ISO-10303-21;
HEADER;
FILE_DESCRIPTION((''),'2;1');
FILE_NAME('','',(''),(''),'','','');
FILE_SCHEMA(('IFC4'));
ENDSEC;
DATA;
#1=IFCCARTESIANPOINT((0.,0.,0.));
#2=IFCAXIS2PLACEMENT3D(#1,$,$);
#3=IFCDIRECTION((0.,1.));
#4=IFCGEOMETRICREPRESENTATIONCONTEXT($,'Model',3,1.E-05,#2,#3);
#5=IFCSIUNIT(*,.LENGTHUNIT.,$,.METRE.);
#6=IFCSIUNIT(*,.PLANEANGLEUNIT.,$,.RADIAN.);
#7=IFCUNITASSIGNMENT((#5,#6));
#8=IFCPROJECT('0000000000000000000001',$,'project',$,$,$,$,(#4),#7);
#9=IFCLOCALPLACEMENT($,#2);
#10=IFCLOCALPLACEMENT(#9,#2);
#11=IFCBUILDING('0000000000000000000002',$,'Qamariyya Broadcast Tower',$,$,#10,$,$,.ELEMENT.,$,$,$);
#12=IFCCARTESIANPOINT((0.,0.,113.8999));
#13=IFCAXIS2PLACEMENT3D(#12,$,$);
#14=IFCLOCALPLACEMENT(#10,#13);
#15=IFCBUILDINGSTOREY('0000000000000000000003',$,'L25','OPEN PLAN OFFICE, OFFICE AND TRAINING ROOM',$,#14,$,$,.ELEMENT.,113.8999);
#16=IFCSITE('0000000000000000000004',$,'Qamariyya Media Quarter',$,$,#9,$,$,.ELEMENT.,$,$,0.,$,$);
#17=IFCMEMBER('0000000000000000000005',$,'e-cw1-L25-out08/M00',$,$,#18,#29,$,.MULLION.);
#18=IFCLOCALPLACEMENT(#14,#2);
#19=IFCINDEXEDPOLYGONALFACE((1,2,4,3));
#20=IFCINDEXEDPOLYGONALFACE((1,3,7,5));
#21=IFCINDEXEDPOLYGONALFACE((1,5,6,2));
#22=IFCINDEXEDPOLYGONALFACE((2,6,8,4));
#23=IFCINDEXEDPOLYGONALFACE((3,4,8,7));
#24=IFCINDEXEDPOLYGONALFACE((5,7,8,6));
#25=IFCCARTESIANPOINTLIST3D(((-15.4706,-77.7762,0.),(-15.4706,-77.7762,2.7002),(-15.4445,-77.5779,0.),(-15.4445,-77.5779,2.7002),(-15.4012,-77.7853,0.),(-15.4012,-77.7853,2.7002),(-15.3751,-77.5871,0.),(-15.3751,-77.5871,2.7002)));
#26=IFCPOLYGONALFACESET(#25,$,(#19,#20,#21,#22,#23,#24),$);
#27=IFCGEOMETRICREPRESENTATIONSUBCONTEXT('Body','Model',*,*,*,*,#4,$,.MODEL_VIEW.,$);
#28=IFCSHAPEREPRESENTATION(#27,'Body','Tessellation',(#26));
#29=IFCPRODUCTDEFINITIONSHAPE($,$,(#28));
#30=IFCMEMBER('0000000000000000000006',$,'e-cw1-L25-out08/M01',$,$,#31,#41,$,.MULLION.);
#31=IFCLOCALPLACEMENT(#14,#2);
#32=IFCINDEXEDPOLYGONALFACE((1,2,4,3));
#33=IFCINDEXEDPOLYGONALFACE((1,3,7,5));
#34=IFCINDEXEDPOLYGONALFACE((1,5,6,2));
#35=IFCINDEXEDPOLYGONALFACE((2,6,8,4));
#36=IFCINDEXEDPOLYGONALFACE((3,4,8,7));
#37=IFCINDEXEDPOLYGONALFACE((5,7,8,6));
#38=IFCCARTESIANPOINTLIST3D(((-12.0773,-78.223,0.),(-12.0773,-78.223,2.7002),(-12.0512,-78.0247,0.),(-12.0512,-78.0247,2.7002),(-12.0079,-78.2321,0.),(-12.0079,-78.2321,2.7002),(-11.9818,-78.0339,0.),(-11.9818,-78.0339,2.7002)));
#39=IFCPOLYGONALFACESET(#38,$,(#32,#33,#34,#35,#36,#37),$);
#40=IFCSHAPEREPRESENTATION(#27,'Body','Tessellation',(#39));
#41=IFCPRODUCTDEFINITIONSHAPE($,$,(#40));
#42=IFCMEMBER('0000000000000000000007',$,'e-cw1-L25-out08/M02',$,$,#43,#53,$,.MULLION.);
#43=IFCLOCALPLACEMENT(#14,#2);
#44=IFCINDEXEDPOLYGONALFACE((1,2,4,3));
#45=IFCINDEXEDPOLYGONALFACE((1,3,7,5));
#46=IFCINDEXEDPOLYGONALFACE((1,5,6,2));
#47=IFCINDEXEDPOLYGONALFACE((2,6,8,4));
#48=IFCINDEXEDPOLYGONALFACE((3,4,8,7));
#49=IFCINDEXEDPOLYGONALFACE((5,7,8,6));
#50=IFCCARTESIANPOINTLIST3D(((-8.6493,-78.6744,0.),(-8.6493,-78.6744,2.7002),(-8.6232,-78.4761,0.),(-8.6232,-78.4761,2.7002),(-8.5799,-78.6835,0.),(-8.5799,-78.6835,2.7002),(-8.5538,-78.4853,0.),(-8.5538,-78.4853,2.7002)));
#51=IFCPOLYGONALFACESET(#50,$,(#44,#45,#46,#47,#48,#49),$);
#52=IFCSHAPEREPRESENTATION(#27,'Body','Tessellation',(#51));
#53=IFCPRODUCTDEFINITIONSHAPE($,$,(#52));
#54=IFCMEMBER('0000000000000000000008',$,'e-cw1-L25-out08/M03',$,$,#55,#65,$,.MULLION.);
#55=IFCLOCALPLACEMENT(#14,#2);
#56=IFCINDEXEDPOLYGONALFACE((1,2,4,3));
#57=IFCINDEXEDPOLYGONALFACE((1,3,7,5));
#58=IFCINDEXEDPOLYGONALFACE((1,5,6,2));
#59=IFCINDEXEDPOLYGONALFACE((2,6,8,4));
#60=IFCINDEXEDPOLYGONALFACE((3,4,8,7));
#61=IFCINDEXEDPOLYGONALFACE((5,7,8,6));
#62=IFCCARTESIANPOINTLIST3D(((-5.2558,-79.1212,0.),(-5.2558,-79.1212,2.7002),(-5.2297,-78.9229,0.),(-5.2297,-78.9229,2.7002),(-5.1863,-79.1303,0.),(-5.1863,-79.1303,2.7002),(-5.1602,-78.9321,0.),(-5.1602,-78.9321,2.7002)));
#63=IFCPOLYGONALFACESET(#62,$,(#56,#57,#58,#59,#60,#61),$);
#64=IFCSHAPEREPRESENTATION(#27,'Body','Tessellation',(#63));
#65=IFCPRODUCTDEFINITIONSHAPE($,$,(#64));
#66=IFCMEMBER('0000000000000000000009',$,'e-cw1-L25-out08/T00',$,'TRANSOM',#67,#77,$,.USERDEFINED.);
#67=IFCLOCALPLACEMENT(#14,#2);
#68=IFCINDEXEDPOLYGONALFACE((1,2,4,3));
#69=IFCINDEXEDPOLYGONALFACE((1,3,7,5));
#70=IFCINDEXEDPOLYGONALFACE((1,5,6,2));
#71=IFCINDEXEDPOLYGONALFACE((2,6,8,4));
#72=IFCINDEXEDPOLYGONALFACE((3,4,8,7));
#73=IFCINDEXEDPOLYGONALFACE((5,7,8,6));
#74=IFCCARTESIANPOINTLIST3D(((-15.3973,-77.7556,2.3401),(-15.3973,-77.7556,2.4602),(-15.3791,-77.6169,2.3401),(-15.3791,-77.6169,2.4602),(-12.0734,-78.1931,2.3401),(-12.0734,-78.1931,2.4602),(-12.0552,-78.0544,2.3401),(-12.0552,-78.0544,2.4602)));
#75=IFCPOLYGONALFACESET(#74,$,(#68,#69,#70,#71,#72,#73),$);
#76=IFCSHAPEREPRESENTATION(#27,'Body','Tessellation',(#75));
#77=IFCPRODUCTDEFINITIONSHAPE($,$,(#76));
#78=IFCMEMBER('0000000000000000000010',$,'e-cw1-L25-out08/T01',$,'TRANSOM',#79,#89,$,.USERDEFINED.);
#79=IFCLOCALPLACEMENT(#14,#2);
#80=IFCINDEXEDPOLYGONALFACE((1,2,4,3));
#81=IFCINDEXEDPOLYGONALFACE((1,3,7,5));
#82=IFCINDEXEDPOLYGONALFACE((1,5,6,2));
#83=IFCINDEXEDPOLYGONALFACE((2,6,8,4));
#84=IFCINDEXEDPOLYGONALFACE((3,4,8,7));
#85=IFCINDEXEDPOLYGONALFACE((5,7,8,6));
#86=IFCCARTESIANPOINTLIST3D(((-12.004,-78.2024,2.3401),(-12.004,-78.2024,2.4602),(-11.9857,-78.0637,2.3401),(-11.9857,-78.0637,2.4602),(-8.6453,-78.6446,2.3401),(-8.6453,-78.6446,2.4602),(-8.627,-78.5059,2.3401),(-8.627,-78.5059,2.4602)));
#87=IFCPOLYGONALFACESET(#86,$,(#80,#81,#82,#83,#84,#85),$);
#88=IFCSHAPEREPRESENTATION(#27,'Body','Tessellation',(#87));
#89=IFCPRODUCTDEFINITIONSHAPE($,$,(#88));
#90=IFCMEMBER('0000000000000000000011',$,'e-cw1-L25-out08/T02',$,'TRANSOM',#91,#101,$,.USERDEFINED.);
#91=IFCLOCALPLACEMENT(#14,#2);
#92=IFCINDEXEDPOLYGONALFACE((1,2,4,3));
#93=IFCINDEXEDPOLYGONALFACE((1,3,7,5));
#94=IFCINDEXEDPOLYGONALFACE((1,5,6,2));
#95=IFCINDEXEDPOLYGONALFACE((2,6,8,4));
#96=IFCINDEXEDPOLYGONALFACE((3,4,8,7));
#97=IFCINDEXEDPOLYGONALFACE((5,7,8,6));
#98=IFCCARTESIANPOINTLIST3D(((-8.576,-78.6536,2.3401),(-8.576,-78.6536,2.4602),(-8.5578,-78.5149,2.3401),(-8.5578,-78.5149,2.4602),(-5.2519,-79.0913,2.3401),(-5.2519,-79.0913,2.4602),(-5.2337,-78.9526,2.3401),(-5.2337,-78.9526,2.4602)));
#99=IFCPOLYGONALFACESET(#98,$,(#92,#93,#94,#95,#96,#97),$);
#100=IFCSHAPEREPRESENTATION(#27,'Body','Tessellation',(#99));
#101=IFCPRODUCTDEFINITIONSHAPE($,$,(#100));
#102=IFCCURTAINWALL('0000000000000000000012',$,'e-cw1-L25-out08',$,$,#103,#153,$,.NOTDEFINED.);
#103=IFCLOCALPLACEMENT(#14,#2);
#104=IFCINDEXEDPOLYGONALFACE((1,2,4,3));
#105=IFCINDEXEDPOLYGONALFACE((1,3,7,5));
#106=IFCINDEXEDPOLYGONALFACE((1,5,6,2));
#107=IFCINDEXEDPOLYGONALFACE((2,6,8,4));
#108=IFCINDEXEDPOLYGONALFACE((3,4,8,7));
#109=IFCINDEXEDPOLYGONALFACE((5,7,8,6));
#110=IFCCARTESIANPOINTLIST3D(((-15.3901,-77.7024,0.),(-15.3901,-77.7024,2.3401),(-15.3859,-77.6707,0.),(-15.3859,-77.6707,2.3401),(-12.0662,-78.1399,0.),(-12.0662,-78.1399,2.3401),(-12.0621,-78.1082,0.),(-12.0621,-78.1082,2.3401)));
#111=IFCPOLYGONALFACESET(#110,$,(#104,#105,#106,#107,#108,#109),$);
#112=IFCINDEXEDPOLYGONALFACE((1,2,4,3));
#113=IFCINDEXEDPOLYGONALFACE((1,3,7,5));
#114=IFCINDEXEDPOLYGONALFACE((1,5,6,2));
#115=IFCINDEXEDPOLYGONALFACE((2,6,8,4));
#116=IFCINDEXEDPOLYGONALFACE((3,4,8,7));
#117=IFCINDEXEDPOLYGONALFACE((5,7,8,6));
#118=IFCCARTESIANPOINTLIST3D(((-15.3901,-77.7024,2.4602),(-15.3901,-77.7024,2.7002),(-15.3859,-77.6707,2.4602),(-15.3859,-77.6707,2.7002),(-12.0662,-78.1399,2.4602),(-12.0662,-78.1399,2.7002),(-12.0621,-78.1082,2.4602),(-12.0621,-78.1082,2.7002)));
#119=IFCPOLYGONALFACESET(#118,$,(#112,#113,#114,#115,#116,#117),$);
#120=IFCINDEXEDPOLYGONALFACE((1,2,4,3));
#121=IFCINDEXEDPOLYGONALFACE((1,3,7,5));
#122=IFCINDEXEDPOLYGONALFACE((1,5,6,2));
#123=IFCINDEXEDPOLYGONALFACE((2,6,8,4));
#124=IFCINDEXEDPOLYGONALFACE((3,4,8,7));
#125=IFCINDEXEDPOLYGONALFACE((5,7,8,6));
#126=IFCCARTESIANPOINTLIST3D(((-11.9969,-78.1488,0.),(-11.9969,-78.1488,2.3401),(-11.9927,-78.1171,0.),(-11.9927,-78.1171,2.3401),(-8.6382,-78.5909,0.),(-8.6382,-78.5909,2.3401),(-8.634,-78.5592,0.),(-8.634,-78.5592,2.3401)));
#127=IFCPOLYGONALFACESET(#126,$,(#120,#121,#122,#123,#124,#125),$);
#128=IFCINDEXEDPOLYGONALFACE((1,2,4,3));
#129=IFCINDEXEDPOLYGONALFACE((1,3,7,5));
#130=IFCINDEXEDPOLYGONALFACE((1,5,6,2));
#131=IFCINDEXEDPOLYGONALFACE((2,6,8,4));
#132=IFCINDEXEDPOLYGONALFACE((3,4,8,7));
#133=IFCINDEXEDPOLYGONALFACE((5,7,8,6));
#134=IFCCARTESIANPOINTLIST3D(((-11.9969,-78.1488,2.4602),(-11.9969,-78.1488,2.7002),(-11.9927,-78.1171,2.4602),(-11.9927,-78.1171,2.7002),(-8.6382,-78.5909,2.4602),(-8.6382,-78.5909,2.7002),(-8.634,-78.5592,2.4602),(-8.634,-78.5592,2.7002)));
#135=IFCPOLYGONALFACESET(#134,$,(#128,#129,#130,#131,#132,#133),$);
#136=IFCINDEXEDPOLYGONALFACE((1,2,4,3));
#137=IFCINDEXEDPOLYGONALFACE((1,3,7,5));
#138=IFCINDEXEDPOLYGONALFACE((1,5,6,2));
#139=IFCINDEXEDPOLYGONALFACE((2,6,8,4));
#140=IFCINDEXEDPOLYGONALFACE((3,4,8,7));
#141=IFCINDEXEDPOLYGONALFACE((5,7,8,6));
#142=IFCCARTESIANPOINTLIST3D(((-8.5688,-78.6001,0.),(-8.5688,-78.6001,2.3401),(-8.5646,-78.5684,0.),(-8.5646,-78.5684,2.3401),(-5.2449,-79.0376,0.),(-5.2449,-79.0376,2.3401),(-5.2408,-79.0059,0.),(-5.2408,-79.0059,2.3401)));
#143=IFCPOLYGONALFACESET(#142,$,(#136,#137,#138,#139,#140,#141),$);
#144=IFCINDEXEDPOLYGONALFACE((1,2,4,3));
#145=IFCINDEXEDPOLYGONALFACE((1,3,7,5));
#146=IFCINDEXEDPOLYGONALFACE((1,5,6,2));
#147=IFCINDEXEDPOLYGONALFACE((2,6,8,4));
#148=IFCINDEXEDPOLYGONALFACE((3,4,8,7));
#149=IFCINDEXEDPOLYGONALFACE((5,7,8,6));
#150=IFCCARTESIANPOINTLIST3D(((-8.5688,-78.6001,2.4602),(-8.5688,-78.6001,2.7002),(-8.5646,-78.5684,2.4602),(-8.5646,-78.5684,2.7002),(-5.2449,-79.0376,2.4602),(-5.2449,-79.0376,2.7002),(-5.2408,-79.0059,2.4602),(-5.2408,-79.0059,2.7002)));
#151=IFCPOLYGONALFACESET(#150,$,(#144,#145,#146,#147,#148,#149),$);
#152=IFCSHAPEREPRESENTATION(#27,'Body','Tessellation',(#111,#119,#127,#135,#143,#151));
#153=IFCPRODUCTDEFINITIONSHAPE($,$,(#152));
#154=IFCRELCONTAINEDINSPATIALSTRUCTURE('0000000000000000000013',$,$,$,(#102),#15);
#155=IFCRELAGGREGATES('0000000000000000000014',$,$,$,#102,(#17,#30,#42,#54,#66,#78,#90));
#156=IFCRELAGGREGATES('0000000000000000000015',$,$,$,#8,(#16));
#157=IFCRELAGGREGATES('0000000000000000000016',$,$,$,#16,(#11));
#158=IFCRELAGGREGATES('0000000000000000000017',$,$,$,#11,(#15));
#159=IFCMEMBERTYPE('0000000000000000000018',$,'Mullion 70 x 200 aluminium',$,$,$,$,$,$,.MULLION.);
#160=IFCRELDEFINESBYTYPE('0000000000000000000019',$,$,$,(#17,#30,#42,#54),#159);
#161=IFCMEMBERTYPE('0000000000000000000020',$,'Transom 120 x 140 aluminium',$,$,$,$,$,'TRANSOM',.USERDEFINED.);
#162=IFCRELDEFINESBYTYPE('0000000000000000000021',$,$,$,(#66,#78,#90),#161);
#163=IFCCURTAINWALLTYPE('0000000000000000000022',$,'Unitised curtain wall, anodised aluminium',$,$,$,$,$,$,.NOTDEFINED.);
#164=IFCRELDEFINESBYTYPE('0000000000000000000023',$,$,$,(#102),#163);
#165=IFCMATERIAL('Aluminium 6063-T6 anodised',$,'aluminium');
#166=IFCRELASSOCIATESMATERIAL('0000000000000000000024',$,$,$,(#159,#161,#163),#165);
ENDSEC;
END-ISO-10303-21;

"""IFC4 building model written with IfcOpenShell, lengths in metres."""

from ifc_helpers import new_model, si_unit, direction, frame, origin, origin_2d, place, context, subcontext, project, spatial, rectangle, extrude, material, material_profile, profile_set, type_object, element, aggregate, save


model = new_model("IFC4")

# Units and contexts
model_context = context("Model", 3, precision=1e-05, world=origin(), true_north=direction((0.0, 1.0)))
body_context = subcontext(model_context, "Body", "Model", "MODEL_VIEW")
ifc_project = project(units=[si_unit("LENGTHUNIT", "METRE"), si_unit("PLANEANGLEUNIT", "RADIAN")], contexts=[model_context])

# Members
ifc_material = material(Name="Aluminium 6063-T6 anodised", Category="aluminium")
ifc_material_profile_1 = material_profile(ifc_material, rectangle(XDim=0.2, YDim=0.0701, at=origin_2d()))
ifc_profile_set_1 = profile_set([ifc_material_profile_1], Name="Aluminium 6063-T6 anodised")
member_type_1 = type_object("IfcMemberType", Name="Mullion 70 x 200 aluminium", PredefinedType="MULLION", material=ifc_profile_set_1)
site_placement = place(None, origin())
building_placement = place(site_placement, origin())
storey_placement = place(building_placement, frame((0.0, 0.0, 113.8999)))
member_1_placement = place(storey_placement, frame((-15.4229, -77.6816, 0.0), z_axis=(0.0, 0.0, 1.0), x_axis=(0.130526, 0.991445, 0.0)))
member_1 = element("IfcMember", 1, at=member_1_placement, type_object=member_type_1, Name="e-cw1-L25-out08/M00", PredefinedType="MULLION", context=body_context, shape_type="SweptSolid", body=[
    extrude(rectangle(XDim=0.2, YDim=0.0701, at=origin_2d()), origin(), (0.0, 0.0, 1.0), 2.7002),
])
member_2_placement = place(storey_placement, frame((-12.0295, -78.1284, 0.0), z_axis=(0.0, 0.0, 1.0), x_axis=(0.130526, 0.991445, 0.0)))
member_2 = element("IfcMember", 2, at=member_2_placement, type_object=member_type_1, Name="e-cw1-L25-out08/M01", PredefinedType="MULLION", context=body_context, shape_type="SweptSolid", body=[
    extrude(rectangle(XDim=0.2, YDim=0.0701, at=origin_2d()), origin(), (0.0, 0.0, 1.0), 2.7002),
])
member_3_placement = place(storey_placement, frame((-8.6016, -78.5798, 0.0), z_axis=(0.0, 0.0, 1.0), x_axis=(0.130526, 0.991445, 0.0)))
member_3 = element("IfcMember", 3, at=member_3_placement, type_object=member_type_1, Name="e-cw1-L25-out08/M02", PredefinedType="MULLION", context=body_context, shape_type="SweptSolid", body=[
    extrude(rectangle(XDim=0.2, YDim=0.0701, at=origin_2d()), origin(), (0.0, 0.0, 1.0), 2.7002),
])
member_4_placement = place(storey_placement, frame((-5.208, -79.0266, 0.0), z_axis=(0.0, 0.0, 1.0), x_axis=(0.130526, 0.991445, 0.0)))
member_4 = element("IfcMember", 4, at=member_4_placement, type_object=member_type_1, Name="e-cw1-L25-out08/M03", PredefinedType="MULLION", context=body_context, shape_type="SweptSolid", body=[
    extrude(rectangle(XDim=0.2, YDim=0.0701, at=origin_2d()), origin(), (0.0, 0.0, 1.0), 2.7002),
])
ifc_material_profile_2 = material_profile(ifc_material, rectangle(XDim=0.1399, YDim=0.1201, at=origin_2d()))
ifc_profile_set_2 = profile_set([ifc_material_profile_2], Name="Aluminium 6063-T6 anodised")
member_type_2 = type_object("IfcMemberType", Name="Transom 120 x 140 aluminium", ElementType="TRANSOM", PredefinedType="USERDEFINED", material=ifc_profile_set_2)
member_5_placement = place(storey_placement, frame((-15.3882, -77.6863, 2.4001), z_axis=(0.991449, -0.130494, 0.0), x_axis=(0.130494, 0.991449, 0.0)))
member_5 = element("IfcMember", 5, at=member_5_placement, type_object=member_type_2, Name="e-cw1-L25-out08/T00", ObjectType="TRANSOM", PredefinedType="USERDEFINED", context=body_context, shape_type="SweptSolid", body=[
    extrude(rectangle(XDim=0.1399, YDim=0.1201, at=origin_2d()), origin(), (0.0, 0.0, 1.0), 3.3525),
])
member_6_placement = place(storey_placement, frame((-11.9949, -78.1331, 2.4001), z_axis=(0.991446, -0.130516, 0.0), x_axis=(0.130516, 0.991446, 0.0)))
member_6 = element("IfcMember", 6, at=member_6_placement, type_object=member_type_2, Name="e-cw1-L25-out08/T01", ObjectType="TRANSOM", PredefinedType="USERDEFINED", context=body_context, shape_type="SweptSolid", body=[
    extrude(rectangle(XDim=0.1399, YDim=0.1201, at=origin_2d()), origin(), (0.0, 0.0, 1.0), 3.3877),
])
member_7_placement = place(storey_placement, frame((-8.5669, -78.5842, 2.4001), z_axis=(0.99144, -0.130566, 0.0), x_axis=(0.130566, 0.99144, 0.0)))
member_7 = element("IfcMember", 7, at=member_7_placement, type_object=member_type_2, Name="e-cw1-L25-out08/T02", ObjectType="TRANSOM", PredefinedType="USERDEFINED", context=body_context, shape_type="SweptSolid", body=[
    extrude(rectangle(XDim=0.1399, YDim=0.1201, at=origin_2d()), origin(), (0.0, 0.0, 1.0), 3.3528),
])

# Site, building, storey
site = spatial("IfcSite", under=ifc_project, at=site_placement, Name="Qamariyya Media Quarter", CompositionType="ELEMENT", RefElevation=0.0)
building = spatial("IfcBuilding", under=site, at=building_placement, Name="Qamariyya Broadcast Tower", CompositionType="ELEMENT")
storey = spatial("IfcBuildingStorey", under=building, at=storey_placement, Name="L25", Description="OPEN PLAN OFFICE, OFFICE AND TRAINING ROOM", CompositionType="ELEMENT", Elevation=113.8999)

# Curtain wall
curtain_wall_type = type_object("IfcCurtainWallType", Name="Unitised curtain wall, anodised aluminium", PredefinedType="NOTDEFINED", material=ifc_material)
curtain_wall_1_placement = place(storey_placement, origin())
curtain_wall_1 = element("IfcCurtainWall", 8, at=curtain_wall_1_placement, inside=storey, type_object=curtain_wall_type, Name="e-cw1-L25-out08", PredefinedType="NOTDEFINED", context=body_context, shape_type="SweptSolid", body=[
    extrude(rectangle(XDim=3.3525, YDim=0.032, at=origin_2d()), frame((-13.7261, -77.9053, 0.0), x_axis=(0.991447, -0.130509, 0.0)), (0.0, 0.0, 1.0), 2.3401),
    extrude(rectangle(XDim=3.3525, YDim=0.032, at=origin_2d()), frame((-13.7261, -77.9053, 2.4602), x_axis=(0.991447, -0.130509, 0.0)), (0.0, 0.0, 1.0), 0.24),
    extrude(rectangle(XDim=3.3877, YDim=0.032, at=origin_2d()), frame((-10.3154, -78.354, 0.0), x_axis=(0.991447, -0.130509, 0.0)), (0.0, 0.0, 1.0), 2.3401),
    extrude(rectangle(XDim=3.3877, YDim=0.032, at=origin_2d()), frame((-10.3154, -78.354, 2.4602), x_axis=(0.991447, -0.130509, 0.0)), (0.0, 0.0, 1.0), 0.24),
    extrude(rectangle(XDim=3.3525, YDim=0.032, at=origin_2d()), frame((-6.9048, -78.803, 0.0), x_axis=(0.991447, -0.130509, 0.0)), (0.0, 0.0, 1.0), 2.3401),
    extrude(rectangle(XDim=3.3525, YDim=0.032, at=origin_2d()), frame((-6.9048, -78.803, 2.4602), x_axis=(0.991447, -0.130509, 0.0)), (0.0, 0.0, 1.0), 0.24),
])
aggregate(curtain_wall_1, [member_1, member_2, member_3, member_4, member_5, member_6, member_7])

save(model, "model.ifc")
